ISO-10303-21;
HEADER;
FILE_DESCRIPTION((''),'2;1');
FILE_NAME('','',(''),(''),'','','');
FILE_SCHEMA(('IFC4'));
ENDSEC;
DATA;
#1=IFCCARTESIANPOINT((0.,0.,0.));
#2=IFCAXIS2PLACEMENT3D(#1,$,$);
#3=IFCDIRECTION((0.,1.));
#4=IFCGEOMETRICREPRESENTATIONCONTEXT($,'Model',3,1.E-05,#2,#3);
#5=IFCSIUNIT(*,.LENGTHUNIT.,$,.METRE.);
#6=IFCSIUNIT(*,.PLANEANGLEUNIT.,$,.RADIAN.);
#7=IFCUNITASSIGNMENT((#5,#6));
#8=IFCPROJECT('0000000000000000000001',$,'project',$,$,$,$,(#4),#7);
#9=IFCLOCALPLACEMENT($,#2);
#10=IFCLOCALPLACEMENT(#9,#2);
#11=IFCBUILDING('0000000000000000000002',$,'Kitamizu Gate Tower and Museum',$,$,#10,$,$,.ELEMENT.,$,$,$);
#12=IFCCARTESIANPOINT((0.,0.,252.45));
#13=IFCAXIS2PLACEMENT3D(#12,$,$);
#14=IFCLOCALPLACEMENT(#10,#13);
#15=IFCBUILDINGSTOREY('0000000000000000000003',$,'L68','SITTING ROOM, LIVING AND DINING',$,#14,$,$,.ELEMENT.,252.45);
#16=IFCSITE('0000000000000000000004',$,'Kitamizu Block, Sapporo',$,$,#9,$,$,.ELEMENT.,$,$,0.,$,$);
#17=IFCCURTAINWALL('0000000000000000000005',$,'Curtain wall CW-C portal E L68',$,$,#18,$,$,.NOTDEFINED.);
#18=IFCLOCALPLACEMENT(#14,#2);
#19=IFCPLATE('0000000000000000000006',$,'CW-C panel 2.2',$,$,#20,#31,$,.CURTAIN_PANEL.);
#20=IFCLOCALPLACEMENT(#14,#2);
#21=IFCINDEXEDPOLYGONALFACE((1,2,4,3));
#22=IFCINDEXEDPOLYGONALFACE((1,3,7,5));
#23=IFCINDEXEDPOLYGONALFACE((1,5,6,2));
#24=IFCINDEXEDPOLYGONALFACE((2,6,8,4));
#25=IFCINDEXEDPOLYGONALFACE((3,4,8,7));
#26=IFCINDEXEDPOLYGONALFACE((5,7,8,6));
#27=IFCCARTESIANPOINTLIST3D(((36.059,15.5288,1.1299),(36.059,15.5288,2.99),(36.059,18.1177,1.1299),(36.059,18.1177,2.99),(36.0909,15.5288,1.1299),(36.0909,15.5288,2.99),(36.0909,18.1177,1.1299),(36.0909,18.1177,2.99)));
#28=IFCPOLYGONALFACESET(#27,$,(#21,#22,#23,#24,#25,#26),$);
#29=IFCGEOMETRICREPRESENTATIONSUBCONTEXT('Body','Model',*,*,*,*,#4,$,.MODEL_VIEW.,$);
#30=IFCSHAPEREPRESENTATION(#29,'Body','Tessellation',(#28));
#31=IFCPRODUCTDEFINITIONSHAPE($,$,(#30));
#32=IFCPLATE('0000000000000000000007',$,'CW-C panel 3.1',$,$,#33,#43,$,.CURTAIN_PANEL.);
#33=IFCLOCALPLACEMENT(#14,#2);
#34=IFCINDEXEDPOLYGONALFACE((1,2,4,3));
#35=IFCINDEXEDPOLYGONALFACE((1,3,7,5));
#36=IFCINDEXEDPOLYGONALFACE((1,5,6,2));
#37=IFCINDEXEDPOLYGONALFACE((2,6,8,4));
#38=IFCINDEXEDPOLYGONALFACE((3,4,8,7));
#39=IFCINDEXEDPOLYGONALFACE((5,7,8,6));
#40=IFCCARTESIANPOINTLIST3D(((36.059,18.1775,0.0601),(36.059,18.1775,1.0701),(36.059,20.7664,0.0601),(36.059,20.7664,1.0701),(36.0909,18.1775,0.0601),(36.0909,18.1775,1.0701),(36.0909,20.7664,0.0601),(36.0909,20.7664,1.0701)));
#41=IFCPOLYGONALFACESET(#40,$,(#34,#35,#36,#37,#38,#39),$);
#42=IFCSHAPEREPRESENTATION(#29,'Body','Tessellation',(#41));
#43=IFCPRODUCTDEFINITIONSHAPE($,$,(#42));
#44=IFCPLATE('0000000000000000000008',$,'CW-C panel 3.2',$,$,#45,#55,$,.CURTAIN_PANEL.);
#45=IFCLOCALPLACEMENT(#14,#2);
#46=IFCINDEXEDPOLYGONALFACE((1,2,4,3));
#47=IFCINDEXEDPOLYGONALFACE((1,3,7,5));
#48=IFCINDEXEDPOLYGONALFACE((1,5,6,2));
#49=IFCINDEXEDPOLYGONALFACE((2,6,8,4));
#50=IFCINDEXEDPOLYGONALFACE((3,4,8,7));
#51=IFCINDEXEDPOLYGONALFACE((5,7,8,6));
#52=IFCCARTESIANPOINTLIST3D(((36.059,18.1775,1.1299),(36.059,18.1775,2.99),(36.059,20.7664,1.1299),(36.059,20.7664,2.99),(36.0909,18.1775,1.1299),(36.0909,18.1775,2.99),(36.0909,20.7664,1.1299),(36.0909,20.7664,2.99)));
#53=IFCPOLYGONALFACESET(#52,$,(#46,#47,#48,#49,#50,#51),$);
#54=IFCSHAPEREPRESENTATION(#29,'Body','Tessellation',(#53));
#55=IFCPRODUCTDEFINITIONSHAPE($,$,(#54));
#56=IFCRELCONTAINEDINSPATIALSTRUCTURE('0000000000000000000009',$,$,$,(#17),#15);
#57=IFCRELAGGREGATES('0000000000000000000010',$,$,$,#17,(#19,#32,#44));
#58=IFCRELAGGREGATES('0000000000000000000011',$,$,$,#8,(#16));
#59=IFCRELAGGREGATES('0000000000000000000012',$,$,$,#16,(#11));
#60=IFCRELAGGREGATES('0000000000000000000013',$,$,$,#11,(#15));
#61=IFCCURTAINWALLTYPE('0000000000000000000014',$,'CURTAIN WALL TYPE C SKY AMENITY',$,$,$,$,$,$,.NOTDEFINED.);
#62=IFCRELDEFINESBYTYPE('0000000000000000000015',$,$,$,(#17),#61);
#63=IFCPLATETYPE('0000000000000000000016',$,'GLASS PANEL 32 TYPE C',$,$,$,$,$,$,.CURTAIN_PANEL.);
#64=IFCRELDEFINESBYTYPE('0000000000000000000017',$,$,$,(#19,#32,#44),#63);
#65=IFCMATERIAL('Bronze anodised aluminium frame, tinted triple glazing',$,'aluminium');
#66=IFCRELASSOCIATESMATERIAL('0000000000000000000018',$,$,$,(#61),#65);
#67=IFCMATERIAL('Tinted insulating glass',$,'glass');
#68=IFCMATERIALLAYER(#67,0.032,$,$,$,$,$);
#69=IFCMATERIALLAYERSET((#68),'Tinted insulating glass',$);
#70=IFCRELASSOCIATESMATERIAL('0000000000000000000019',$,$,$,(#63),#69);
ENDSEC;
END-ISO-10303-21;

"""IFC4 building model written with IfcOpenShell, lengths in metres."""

from ifc_helpers import new_model, si_unit, direction, frame, origin, origin_2d, place, context, subcontext, project, spatial, rectangle, extrude, material, layer, layer_set, type_object, element, aggregate, save


model = new_model("IFC4")

# Units and contexts
model_context = context("Model", 3, precision=1e-05, world=origin(), true_north=direction((0.0, 1.0)))
body_context = subcontext(model_context, "Body", "Model", "MODEL_VIEW")
ifc_project = project(units=[si_unit("LENGTHUNIT", "METRE"), si_unit("PLANEANGLEUNIT", "RADIAN")], contexts=[model_context])

# Site, building, storey
site_placement = place(None, origin())
site = spatial("IfcSite", under=ifc_project, at=site_placement, Name="Kitamizu Block, Sapporo", CompositionType="ELEMENT", RefElevation=0.0)
building_placement = place(site_placement, origin())
building = spatial("IfcBuilding", under=site, at=building_placement, Name="Kitamizu Gate Tower and Museum", CompositionType="ELEMENT")
storey_placement = place(building_placement, frame((0.0, 0.0, 252.45)))
storey = spatial("IfcBuildingStorey", under=building, at=storey_placement, Name="L68", Description="SITTING ROOM, LIVING AND DINING", CompositionType="ELEMENT", Elevation=252.45)

# Curtain wall, plates
ifc_material_1 = material(Name="Bronze anodised aluminium frame, tinted triple glazing", Category="aluminium")
curtain_wall_type = type_object("IfcCurtainWallType", Name="CURTAIN WALL TYPE C SKY AMENITY", PredefinedType="NOTDEFINED", material=ifc_material_1)
curtain_wall_placement = place(storey_placement, origin())
curtain_wall = element("IfcCurtainWall", 1, at=curtain_wall_placement, inside=storey, type_object=curtain_wall_type, Name="Curtain wall CW-C portal E L68", PredefinedType="NOTDEFINED")
ifc_material_2 = material(Name="Tinted insulating glass", Category="glass")
ifc_layer = layer(ifc_material_2, 0.032)
ifc_layer_set = layer_set([ifc_layer], Name="Tinted insulating glass")
plate_type = type_object("IfcPlateType", Name="GLASS PANEL 32 TYPE C", PredefinedType="CURTAIN_PANEL", material=ifc_layer_set)
plate_1_placement = place(storey_placement, frame((36.075, 16.8232, 1.1299), z_axis=(0.0, 0.0, 1.0), x_axis=(0.0, 1.0, 0.0)))
plate_1 = element("IfcPlate", 2, at=plate_1_placement, type_object=plate_type, Name="CW-C panel 2.2", PredefinedType="CURTAIN_PANEL", context=body_context, shape_type="SweptSolid", body=[
    extrude(rectangle(XDim=2.5889, YDim=0.032, at=origin_2d()), origin(), (0.0, 0.0, 1.0), 1.8601),
])
plate_2_placement = place(storey_placement, frame((36.075, 19.4719, 0.0601), z_axis=(0.0, 0.0, 1.0), x_axis=(0.0, 1.0, 0.0)))
plate_2 = element("IfcPlate", 3, at=plate_2_placement, type_object=plate_type, Name="CW-C panel 3.1", PredefinedType="CURTAIN_PANEL", context=body_context, shape_type="SweptSolid", body=[
    extrude(rectangle(XDim=2.5889, YDim=0.032, at=origin_2d()), origin(), (0.0, 0.0, 1.0), 1.01),
])
plate_3_placement = place(storey_placement, frame((36.075, 19.4719, 1.1299), z_axis=(0.0, 0.0, 1.0), x_axis=(0.0, 1.0, 0.0)))
plate_3 = element("IfcPlate", 4, at=plate_3_placement, type_object=plate_type, Name="CW-C panel 3.2", PredefinedType="CURTAIN_PANEL", context=body_context, shape_type="SweptSolid", body=[
    extrude(rectangle(XDim=2.5889, YDim=0.032, at=origin_2d()), origin(), (0.0, 0.0, 1.0), 1.8601),
])
aggregate(curtain_wall, [plate_1, plate_2, plate_3])

save(model, "model.ifc")
